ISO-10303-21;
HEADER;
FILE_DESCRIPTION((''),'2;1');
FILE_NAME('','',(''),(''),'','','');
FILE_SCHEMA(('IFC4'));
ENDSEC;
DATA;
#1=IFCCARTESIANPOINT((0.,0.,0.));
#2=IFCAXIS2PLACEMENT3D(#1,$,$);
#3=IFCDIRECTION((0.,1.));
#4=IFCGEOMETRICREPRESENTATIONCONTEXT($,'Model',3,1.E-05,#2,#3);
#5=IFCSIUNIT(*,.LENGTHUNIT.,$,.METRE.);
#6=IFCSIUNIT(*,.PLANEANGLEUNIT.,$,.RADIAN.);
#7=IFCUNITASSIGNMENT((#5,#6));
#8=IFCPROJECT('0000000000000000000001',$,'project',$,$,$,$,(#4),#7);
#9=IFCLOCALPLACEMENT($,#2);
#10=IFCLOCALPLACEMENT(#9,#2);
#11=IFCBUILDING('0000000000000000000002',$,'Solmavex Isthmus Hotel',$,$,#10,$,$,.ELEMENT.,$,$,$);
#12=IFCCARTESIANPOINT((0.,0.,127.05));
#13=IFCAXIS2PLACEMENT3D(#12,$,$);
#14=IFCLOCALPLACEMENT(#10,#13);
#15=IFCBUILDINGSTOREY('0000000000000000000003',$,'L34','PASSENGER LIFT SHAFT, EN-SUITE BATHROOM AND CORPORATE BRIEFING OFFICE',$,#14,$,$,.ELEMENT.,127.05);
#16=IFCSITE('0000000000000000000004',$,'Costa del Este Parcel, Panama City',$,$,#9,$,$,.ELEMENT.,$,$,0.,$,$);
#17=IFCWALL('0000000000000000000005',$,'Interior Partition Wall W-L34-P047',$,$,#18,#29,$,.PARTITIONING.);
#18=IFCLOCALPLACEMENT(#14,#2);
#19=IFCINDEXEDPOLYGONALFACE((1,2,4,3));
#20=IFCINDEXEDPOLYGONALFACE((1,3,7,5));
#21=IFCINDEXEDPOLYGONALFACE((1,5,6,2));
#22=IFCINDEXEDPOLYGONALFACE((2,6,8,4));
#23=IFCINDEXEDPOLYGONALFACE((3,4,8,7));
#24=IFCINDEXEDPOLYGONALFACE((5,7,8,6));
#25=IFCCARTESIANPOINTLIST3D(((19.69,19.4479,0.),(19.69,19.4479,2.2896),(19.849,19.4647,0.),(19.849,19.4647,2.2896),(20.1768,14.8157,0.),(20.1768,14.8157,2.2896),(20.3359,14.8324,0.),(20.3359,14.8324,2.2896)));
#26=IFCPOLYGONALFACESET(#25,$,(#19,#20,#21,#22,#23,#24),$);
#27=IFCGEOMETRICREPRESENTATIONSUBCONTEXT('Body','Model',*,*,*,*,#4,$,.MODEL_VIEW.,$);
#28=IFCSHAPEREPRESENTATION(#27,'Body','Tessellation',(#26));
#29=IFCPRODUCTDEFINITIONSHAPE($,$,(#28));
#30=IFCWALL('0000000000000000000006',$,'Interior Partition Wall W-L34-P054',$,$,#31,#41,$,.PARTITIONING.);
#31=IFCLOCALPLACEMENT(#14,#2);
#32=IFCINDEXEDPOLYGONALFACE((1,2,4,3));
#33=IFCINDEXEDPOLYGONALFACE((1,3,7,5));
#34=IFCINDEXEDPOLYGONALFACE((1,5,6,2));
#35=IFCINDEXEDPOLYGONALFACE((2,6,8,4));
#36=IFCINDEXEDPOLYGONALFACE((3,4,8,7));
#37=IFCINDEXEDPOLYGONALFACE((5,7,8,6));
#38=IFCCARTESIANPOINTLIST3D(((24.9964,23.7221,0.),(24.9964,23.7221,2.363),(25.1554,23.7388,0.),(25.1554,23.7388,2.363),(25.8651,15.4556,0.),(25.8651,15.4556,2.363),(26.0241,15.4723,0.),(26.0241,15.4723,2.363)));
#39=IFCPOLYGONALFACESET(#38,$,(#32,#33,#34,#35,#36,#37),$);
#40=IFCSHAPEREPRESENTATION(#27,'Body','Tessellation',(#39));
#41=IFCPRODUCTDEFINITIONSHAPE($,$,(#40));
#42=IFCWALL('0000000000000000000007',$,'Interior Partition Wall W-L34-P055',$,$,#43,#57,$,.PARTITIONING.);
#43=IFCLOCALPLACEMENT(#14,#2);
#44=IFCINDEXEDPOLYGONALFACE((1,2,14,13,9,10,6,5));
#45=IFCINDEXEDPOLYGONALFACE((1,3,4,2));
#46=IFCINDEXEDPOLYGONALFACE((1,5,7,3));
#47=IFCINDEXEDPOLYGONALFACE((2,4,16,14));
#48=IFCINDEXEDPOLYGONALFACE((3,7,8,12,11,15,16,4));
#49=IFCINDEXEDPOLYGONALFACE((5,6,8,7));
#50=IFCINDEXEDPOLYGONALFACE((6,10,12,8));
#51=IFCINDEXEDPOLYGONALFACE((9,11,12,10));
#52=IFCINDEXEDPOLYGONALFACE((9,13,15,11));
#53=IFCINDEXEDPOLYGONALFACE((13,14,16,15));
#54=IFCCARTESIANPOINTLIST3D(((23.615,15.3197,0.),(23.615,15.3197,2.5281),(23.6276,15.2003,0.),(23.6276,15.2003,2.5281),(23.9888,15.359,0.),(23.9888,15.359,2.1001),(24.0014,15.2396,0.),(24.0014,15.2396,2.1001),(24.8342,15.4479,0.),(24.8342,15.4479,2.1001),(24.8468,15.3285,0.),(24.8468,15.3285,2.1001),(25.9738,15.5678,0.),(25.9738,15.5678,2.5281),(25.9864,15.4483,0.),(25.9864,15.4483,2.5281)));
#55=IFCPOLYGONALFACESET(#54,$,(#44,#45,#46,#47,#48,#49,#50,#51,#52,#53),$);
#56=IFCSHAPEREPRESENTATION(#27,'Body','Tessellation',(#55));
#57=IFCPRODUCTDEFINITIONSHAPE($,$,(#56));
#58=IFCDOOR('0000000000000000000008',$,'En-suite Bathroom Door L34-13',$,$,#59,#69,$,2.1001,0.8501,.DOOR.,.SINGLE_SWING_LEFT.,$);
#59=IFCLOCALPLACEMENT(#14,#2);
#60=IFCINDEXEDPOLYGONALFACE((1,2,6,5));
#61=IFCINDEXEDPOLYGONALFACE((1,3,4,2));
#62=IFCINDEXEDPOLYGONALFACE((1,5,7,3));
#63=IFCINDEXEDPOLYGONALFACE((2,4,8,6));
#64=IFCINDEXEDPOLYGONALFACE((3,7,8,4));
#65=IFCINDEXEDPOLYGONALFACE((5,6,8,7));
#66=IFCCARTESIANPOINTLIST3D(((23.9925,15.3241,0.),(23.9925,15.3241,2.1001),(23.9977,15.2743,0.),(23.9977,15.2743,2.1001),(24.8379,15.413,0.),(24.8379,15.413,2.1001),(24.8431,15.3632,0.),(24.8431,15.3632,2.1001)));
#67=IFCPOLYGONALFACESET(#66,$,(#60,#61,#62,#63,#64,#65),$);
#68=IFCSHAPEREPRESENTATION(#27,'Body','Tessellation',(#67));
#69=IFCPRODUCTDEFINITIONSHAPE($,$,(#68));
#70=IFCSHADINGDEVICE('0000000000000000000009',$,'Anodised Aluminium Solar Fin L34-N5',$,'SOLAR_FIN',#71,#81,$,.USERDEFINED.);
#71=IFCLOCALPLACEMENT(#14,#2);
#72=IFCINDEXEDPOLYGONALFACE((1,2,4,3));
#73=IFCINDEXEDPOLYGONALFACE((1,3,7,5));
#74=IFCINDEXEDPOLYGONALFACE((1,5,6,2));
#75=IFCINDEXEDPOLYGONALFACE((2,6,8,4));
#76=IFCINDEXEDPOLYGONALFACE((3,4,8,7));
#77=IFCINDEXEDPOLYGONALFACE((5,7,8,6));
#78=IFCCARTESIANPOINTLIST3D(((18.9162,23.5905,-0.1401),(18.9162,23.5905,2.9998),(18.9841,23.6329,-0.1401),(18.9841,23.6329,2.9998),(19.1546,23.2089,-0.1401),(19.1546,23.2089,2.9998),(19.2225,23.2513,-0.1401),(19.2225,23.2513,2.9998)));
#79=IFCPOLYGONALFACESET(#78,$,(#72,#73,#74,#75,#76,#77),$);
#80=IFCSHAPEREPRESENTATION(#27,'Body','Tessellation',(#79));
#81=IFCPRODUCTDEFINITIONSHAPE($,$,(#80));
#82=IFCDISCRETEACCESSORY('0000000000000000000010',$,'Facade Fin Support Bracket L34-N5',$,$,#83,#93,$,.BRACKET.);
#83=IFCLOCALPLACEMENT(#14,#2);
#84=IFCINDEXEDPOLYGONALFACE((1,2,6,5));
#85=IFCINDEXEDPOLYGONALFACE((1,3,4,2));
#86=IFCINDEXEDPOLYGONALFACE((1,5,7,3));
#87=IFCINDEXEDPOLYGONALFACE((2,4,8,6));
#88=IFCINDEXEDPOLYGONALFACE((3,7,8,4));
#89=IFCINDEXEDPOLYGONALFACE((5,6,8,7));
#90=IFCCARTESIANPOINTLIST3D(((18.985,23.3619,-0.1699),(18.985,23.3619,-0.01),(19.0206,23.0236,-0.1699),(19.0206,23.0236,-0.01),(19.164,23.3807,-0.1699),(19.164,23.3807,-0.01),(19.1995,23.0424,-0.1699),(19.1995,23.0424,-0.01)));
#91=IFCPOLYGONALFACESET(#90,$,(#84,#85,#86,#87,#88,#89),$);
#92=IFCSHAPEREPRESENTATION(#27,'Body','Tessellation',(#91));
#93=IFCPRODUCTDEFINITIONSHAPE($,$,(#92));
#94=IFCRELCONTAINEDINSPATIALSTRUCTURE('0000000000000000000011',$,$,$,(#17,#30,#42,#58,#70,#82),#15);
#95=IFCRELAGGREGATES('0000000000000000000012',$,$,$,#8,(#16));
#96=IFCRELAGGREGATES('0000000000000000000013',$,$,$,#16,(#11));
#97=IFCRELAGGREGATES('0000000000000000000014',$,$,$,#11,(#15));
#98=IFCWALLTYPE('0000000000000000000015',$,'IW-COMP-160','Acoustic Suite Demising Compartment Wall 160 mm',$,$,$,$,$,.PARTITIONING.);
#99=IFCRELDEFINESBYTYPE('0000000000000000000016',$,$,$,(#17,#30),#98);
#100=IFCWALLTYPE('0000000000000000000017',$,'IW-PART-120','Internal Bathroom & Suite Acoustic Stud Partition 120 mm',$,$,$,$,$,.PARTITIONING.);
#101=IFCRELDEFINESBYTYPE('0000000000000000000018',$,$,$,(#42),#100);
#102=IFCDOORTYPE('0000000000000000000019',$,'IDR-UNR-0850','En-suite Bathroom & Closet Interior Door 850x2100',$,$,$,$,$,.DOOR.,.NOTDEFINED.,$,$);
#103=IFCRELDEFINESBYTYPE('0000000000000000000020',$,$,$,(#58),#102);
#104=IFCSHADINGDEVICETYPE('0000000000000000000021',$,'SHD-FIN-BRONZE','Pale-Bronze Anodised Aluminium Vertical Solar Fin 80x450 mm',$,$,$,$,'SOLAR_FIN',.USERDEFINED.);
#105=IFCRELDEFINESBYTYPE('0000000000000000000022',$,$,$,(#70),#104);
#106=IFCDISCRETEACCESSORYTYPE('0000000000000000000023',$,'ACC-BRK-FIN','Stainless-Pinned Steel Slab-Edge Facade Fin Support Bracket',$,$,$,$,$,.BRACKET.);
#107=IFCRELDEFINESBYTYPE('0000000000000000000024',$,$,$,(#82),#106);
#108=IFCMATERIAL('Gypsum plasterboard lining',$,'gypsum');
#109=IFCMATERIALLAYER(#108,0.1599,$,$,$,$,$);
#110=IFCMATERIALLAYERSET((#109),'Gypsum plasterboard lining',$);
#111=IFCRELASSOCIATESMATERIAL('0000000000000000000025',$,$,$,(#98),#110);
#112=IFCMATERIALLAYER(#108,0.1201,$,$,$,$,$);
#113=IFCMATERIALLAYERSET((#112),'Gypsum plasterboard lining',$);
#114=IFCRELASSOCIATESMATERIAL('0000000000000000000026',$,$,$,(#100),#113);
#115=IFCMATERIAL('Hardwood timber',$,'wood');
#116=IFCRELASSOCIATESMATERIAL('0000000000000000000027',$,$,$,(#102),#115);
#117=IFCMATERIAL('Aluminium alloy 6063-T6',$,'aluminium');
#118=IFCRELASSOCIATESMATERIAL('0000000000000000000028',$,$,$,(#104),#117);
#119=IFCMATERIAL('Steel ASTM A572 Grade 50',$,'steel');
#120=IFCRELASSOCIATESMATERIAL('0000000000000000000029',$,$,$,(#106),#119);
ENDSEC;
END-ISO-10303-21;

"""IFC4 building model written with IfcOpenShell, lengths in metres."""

from ifc_helpers import new_model, si_unit, direction, frame, frame_2d, origin, origin_2d, place, context, subcontext, project, spatial, rectangle, extrude, material, layer, layer_set, type_object, element, fill, save


model = new_model("IFC4")

# Units and contexts
model_context = context("Model", 3, precision=1e-05, world=origin(), true_north=direction((0.0, 1.0)))
body_context = subcontext(model_context, "Body", "Model", "MODEL_VIEW")
ifc_project = project(units=[si_unit("LENGTHUNIT", "METRE"), si_unit("PLANEANGLEUNIT", "RADIAN")], contexts=[model_context])

# Site, building, storey
site_placement = place(None, origin())
site = spatial("IfcSite", under=ifc_project, at=site_placement, Name="Costa del Este Parcel, Panama City", CompositionType="ELEMENT", RefElevation=0.0)
building_placement = place(site_placement, origin())
building = spatial("IfcBuilding", under=site, at=building_placement, Name="Solmavex Isthmus Hotel", CompositionType="ELEMENT")
storey_placement = place(building_placement, frame((0.0, 0.0, 127.05)))
storey = spatial("IfcBuildingStorey", under=building, at=storey_placement, Name="L34", Description="PASSENGER LIFT SHAFT, EN-SUITE BATHROOM AND CORPORATE BRIEFING OFFICE", CompositionType="ELEMENT", Elevation=127.05)

# Shared definitions
ifc_material_1 = material(Name="Aluminium alloy 6063-T6", Category="aluminium")

# Wall
ifc_material_2 = material(Name="Gypsum plasterboard lining", Category="gypsum")
ifc_layer_1 = layer(ifc_material_2, 0.1599)
ifc_layer_set_1 = layer_set([ifc_layer_1], Name="Gypsum plasterboard lining")
wall_type_1 = type_object("IfcWallType", Name="IW-COMP-160", Description="Acoustic Suite Demising Compartment Wall 160 mm", PredefinedType="PARTITIONING", material=ifc_layer_set_1)
wall_1_placement = place(storey_placement, frame((19.7695, 19.4563, 0.0), z_axis=(0.0, 0.0, 1.0), x_axis=(0.104516, -0.994523, 0.0)))
element("IfcWall", 1, at=wall_1_placement, inside=storey, type_object=wall_type_1, Name="Interior Partition Wall W-L34-P047", PredefinedType="PARTITIONING", context=body_context, shape_type="SweptSolid", body=[
    extrude(rectangle(XDim=4.6577, YDim=0.1599, at=frame_2d((2.3289, 0.0))), origin(), (0.0, 0.0, 1.0), 2.2896),
])

# Shared definitions
ifc_material_3 = material(Name="Hardwood timber", Category="wood")

# Wall
wall_2_placement = place(storey_placement, frame((25.0759, 23.7305, 0.0), z_axis=(0.0, 0.0, 1.0), x_axis=(0.104504, -0.994524, 0.0)))
element("IfcWall", 2, at=wall_2_placement, inside=storey, type_object=wall_type_1, Name="Interior Partition Wall W-L34-P054", PredefinedType="PARTITIONING", context=body_context, shape_type="SweptSolid", body=[
    extrude(rectangle(XDim=8.312, YDim=0.1599, at=frame_2d((4.156, 0.0))), origin(), (0.0, 0.0, 1.0), 2.363),
])

# Wall, opening, door
ifc_layer_2 = layer(ifc_material_2, 0.1201)
ifc_layer_set_2 = layer_set([ifc_layer_2], Name="Gypsum plasterboard lining")
wall_type_2 = type_object("IfcWallType", Name="IW-PART-120", Description="Internal Bathroom & Suite Acoustic Stud Partition 120 mm", PredefinedType="PARTITIONING", material=ifc_layer_set_2)
wall_3_placement = place(storey_placement, frame((25.9802, 15.5081, 0.0), z_axis=(0.0, 0.0, 1.0), x_axis=(-0.994517, -0.104578, 0.0)))
wall_3 = element("IfcWall", 3, at=wall_3_placement, inside=storey, type_object=wall_type_2, Name="Interior Partition Wall W-L34-P055", PredefinedType="PARTITIONING", context=body_context, shape_type="SweptSolid", body=[
    extrude(rectangle(XDim=2.3718, YDim=0.1201, at=frame_2d((1.186, 0.0))), origin(), (0.0, 0.0, 1.0), 2.5281),
])
opening_1_placement = place(wall_3_placement, frame((1.146, 0.0, 0.0)))
opening_1 = element("IfcOpeningElement", 4, at=opening_1_placement, cuts=wall_3, PredefinedType="OPENING", context=body_context, shape_type="SweptSolid", body=[
    extrude(rectangle(XDim=0.8501, YDim=2.1001, at=frame_2d((0.425, 1.05))), frame((0.0, 0.0701, 0.0), z_axis=(0.0, -1.0, 0.0), x_axis=(1.0, 0.0, 0.0)), (0.0, 0.0, 1.0), 0.1401),
])
door_type_1 = type_object("IfcDoorType", Name="IDR-UNR-0850", Description="En-suite Bathroom & Closet Interior Door 850x2100", OperationType="NOTDEFINED", PredefinedType="DOOR", material=ifc_material_3)
door_1_placement = place(opening_1_placement, frame((0.8501, 0.0, 0.0), z_axis=(0.0, 0.0, 1.0), x_axis=(-1.0, 0.0, 0.0)))
door_1 = element("IfcDoor", 5, at=door_1_placement, inside=storey, type_object=door_type_1, Name="En-suite Bathroom Door L34-13", OperationType="SINGLE_SWING_LEFT", OverallHeight=2.1001, OverallWidth=0.8501, PredefinedType="DOOR", context=body_context, shape_type="SweptSolid", body=[
    extrude(rectangle(XDim=0.8501, YDim=2.1001, at=frame_2d((0.425, 1.05))), frame((0.0, 0.0249, 0.0), z_axis=(0.0, -1.0, 0.0), x_axis=(1.0, 0.0, 0.0)), (0.0, 0.0, 1.0), 0.05),
])
fill(opening_1, door_1)

# Shading device
shading_device_type = type_object("IfcShadingDeviceType", Name="SHD-FIN-BRONZE", Description="Pale-Bronze Anodised Aluminium Vertical Solar Fin 80x450 mm", ElementType="SOLAR_FIN", PredefinedType="USERDEFINED", material=ifc_material_1)
shading_device_placement = place(storey_placement, frame((19.0693, 23.4209, -0.1401), z_axis=(0.0, 0.0, 1.0), x_axis=(-0.529919, 0.848048, 0.0)))
element("IfcShadingDevice", 6, at=shading_device_placement, inside=storey, type_object=shading_device_type, Name="Anodised Aluminium Solar Fin L34-N5", ObjectType="SOLAR_FIN", PredefinedType="USERDEFINED", context=body_context, shape_type="SweptSolid", body=[
    extrude(rectangle(XDim=0.45, YDim=0.0801, at=origin_2d()), origin(), (0.0, 0.0, 1.0), 3.1399),
])

# Discrete accessory
ifc_material_4 = material(Name="Steel ASTM A572 Grade 50", Category="steel")
discrete_accessory_type = type_object("IfcDiscreteAccessoryType", Name="ACC-BRK-FIN", Description="Stainless-Pinned Steel Slab-Edge Facade Fin Support Bracket", PredefinedType="BRACKET", material=ifc_material_4)
discrete_accessory_placement = place(storey_placement, frame((19.0923, 23.2021, -0.1699), z_axis=(0.0, 0.0, 1.0), x_axis=(-0.104528, 0.994522, 0.0)))
element("IfcDiscreteAccessory", 7, at=discrete_accessory_placement, inside=storey, type_object=discrete_accessory_type, Name="Facade Fin Support Bracket L34-N5", PredefinedType="BRACKET", context=body_context, shape_type="SweptSolid", body=[
    extrude(rectangle(XDim=0.3401, YDim=0.1799, at=origin_2d()), origin(), (0.0, 0.0, 1.0), 0.1599),
])

save(model, "model.ifc")
